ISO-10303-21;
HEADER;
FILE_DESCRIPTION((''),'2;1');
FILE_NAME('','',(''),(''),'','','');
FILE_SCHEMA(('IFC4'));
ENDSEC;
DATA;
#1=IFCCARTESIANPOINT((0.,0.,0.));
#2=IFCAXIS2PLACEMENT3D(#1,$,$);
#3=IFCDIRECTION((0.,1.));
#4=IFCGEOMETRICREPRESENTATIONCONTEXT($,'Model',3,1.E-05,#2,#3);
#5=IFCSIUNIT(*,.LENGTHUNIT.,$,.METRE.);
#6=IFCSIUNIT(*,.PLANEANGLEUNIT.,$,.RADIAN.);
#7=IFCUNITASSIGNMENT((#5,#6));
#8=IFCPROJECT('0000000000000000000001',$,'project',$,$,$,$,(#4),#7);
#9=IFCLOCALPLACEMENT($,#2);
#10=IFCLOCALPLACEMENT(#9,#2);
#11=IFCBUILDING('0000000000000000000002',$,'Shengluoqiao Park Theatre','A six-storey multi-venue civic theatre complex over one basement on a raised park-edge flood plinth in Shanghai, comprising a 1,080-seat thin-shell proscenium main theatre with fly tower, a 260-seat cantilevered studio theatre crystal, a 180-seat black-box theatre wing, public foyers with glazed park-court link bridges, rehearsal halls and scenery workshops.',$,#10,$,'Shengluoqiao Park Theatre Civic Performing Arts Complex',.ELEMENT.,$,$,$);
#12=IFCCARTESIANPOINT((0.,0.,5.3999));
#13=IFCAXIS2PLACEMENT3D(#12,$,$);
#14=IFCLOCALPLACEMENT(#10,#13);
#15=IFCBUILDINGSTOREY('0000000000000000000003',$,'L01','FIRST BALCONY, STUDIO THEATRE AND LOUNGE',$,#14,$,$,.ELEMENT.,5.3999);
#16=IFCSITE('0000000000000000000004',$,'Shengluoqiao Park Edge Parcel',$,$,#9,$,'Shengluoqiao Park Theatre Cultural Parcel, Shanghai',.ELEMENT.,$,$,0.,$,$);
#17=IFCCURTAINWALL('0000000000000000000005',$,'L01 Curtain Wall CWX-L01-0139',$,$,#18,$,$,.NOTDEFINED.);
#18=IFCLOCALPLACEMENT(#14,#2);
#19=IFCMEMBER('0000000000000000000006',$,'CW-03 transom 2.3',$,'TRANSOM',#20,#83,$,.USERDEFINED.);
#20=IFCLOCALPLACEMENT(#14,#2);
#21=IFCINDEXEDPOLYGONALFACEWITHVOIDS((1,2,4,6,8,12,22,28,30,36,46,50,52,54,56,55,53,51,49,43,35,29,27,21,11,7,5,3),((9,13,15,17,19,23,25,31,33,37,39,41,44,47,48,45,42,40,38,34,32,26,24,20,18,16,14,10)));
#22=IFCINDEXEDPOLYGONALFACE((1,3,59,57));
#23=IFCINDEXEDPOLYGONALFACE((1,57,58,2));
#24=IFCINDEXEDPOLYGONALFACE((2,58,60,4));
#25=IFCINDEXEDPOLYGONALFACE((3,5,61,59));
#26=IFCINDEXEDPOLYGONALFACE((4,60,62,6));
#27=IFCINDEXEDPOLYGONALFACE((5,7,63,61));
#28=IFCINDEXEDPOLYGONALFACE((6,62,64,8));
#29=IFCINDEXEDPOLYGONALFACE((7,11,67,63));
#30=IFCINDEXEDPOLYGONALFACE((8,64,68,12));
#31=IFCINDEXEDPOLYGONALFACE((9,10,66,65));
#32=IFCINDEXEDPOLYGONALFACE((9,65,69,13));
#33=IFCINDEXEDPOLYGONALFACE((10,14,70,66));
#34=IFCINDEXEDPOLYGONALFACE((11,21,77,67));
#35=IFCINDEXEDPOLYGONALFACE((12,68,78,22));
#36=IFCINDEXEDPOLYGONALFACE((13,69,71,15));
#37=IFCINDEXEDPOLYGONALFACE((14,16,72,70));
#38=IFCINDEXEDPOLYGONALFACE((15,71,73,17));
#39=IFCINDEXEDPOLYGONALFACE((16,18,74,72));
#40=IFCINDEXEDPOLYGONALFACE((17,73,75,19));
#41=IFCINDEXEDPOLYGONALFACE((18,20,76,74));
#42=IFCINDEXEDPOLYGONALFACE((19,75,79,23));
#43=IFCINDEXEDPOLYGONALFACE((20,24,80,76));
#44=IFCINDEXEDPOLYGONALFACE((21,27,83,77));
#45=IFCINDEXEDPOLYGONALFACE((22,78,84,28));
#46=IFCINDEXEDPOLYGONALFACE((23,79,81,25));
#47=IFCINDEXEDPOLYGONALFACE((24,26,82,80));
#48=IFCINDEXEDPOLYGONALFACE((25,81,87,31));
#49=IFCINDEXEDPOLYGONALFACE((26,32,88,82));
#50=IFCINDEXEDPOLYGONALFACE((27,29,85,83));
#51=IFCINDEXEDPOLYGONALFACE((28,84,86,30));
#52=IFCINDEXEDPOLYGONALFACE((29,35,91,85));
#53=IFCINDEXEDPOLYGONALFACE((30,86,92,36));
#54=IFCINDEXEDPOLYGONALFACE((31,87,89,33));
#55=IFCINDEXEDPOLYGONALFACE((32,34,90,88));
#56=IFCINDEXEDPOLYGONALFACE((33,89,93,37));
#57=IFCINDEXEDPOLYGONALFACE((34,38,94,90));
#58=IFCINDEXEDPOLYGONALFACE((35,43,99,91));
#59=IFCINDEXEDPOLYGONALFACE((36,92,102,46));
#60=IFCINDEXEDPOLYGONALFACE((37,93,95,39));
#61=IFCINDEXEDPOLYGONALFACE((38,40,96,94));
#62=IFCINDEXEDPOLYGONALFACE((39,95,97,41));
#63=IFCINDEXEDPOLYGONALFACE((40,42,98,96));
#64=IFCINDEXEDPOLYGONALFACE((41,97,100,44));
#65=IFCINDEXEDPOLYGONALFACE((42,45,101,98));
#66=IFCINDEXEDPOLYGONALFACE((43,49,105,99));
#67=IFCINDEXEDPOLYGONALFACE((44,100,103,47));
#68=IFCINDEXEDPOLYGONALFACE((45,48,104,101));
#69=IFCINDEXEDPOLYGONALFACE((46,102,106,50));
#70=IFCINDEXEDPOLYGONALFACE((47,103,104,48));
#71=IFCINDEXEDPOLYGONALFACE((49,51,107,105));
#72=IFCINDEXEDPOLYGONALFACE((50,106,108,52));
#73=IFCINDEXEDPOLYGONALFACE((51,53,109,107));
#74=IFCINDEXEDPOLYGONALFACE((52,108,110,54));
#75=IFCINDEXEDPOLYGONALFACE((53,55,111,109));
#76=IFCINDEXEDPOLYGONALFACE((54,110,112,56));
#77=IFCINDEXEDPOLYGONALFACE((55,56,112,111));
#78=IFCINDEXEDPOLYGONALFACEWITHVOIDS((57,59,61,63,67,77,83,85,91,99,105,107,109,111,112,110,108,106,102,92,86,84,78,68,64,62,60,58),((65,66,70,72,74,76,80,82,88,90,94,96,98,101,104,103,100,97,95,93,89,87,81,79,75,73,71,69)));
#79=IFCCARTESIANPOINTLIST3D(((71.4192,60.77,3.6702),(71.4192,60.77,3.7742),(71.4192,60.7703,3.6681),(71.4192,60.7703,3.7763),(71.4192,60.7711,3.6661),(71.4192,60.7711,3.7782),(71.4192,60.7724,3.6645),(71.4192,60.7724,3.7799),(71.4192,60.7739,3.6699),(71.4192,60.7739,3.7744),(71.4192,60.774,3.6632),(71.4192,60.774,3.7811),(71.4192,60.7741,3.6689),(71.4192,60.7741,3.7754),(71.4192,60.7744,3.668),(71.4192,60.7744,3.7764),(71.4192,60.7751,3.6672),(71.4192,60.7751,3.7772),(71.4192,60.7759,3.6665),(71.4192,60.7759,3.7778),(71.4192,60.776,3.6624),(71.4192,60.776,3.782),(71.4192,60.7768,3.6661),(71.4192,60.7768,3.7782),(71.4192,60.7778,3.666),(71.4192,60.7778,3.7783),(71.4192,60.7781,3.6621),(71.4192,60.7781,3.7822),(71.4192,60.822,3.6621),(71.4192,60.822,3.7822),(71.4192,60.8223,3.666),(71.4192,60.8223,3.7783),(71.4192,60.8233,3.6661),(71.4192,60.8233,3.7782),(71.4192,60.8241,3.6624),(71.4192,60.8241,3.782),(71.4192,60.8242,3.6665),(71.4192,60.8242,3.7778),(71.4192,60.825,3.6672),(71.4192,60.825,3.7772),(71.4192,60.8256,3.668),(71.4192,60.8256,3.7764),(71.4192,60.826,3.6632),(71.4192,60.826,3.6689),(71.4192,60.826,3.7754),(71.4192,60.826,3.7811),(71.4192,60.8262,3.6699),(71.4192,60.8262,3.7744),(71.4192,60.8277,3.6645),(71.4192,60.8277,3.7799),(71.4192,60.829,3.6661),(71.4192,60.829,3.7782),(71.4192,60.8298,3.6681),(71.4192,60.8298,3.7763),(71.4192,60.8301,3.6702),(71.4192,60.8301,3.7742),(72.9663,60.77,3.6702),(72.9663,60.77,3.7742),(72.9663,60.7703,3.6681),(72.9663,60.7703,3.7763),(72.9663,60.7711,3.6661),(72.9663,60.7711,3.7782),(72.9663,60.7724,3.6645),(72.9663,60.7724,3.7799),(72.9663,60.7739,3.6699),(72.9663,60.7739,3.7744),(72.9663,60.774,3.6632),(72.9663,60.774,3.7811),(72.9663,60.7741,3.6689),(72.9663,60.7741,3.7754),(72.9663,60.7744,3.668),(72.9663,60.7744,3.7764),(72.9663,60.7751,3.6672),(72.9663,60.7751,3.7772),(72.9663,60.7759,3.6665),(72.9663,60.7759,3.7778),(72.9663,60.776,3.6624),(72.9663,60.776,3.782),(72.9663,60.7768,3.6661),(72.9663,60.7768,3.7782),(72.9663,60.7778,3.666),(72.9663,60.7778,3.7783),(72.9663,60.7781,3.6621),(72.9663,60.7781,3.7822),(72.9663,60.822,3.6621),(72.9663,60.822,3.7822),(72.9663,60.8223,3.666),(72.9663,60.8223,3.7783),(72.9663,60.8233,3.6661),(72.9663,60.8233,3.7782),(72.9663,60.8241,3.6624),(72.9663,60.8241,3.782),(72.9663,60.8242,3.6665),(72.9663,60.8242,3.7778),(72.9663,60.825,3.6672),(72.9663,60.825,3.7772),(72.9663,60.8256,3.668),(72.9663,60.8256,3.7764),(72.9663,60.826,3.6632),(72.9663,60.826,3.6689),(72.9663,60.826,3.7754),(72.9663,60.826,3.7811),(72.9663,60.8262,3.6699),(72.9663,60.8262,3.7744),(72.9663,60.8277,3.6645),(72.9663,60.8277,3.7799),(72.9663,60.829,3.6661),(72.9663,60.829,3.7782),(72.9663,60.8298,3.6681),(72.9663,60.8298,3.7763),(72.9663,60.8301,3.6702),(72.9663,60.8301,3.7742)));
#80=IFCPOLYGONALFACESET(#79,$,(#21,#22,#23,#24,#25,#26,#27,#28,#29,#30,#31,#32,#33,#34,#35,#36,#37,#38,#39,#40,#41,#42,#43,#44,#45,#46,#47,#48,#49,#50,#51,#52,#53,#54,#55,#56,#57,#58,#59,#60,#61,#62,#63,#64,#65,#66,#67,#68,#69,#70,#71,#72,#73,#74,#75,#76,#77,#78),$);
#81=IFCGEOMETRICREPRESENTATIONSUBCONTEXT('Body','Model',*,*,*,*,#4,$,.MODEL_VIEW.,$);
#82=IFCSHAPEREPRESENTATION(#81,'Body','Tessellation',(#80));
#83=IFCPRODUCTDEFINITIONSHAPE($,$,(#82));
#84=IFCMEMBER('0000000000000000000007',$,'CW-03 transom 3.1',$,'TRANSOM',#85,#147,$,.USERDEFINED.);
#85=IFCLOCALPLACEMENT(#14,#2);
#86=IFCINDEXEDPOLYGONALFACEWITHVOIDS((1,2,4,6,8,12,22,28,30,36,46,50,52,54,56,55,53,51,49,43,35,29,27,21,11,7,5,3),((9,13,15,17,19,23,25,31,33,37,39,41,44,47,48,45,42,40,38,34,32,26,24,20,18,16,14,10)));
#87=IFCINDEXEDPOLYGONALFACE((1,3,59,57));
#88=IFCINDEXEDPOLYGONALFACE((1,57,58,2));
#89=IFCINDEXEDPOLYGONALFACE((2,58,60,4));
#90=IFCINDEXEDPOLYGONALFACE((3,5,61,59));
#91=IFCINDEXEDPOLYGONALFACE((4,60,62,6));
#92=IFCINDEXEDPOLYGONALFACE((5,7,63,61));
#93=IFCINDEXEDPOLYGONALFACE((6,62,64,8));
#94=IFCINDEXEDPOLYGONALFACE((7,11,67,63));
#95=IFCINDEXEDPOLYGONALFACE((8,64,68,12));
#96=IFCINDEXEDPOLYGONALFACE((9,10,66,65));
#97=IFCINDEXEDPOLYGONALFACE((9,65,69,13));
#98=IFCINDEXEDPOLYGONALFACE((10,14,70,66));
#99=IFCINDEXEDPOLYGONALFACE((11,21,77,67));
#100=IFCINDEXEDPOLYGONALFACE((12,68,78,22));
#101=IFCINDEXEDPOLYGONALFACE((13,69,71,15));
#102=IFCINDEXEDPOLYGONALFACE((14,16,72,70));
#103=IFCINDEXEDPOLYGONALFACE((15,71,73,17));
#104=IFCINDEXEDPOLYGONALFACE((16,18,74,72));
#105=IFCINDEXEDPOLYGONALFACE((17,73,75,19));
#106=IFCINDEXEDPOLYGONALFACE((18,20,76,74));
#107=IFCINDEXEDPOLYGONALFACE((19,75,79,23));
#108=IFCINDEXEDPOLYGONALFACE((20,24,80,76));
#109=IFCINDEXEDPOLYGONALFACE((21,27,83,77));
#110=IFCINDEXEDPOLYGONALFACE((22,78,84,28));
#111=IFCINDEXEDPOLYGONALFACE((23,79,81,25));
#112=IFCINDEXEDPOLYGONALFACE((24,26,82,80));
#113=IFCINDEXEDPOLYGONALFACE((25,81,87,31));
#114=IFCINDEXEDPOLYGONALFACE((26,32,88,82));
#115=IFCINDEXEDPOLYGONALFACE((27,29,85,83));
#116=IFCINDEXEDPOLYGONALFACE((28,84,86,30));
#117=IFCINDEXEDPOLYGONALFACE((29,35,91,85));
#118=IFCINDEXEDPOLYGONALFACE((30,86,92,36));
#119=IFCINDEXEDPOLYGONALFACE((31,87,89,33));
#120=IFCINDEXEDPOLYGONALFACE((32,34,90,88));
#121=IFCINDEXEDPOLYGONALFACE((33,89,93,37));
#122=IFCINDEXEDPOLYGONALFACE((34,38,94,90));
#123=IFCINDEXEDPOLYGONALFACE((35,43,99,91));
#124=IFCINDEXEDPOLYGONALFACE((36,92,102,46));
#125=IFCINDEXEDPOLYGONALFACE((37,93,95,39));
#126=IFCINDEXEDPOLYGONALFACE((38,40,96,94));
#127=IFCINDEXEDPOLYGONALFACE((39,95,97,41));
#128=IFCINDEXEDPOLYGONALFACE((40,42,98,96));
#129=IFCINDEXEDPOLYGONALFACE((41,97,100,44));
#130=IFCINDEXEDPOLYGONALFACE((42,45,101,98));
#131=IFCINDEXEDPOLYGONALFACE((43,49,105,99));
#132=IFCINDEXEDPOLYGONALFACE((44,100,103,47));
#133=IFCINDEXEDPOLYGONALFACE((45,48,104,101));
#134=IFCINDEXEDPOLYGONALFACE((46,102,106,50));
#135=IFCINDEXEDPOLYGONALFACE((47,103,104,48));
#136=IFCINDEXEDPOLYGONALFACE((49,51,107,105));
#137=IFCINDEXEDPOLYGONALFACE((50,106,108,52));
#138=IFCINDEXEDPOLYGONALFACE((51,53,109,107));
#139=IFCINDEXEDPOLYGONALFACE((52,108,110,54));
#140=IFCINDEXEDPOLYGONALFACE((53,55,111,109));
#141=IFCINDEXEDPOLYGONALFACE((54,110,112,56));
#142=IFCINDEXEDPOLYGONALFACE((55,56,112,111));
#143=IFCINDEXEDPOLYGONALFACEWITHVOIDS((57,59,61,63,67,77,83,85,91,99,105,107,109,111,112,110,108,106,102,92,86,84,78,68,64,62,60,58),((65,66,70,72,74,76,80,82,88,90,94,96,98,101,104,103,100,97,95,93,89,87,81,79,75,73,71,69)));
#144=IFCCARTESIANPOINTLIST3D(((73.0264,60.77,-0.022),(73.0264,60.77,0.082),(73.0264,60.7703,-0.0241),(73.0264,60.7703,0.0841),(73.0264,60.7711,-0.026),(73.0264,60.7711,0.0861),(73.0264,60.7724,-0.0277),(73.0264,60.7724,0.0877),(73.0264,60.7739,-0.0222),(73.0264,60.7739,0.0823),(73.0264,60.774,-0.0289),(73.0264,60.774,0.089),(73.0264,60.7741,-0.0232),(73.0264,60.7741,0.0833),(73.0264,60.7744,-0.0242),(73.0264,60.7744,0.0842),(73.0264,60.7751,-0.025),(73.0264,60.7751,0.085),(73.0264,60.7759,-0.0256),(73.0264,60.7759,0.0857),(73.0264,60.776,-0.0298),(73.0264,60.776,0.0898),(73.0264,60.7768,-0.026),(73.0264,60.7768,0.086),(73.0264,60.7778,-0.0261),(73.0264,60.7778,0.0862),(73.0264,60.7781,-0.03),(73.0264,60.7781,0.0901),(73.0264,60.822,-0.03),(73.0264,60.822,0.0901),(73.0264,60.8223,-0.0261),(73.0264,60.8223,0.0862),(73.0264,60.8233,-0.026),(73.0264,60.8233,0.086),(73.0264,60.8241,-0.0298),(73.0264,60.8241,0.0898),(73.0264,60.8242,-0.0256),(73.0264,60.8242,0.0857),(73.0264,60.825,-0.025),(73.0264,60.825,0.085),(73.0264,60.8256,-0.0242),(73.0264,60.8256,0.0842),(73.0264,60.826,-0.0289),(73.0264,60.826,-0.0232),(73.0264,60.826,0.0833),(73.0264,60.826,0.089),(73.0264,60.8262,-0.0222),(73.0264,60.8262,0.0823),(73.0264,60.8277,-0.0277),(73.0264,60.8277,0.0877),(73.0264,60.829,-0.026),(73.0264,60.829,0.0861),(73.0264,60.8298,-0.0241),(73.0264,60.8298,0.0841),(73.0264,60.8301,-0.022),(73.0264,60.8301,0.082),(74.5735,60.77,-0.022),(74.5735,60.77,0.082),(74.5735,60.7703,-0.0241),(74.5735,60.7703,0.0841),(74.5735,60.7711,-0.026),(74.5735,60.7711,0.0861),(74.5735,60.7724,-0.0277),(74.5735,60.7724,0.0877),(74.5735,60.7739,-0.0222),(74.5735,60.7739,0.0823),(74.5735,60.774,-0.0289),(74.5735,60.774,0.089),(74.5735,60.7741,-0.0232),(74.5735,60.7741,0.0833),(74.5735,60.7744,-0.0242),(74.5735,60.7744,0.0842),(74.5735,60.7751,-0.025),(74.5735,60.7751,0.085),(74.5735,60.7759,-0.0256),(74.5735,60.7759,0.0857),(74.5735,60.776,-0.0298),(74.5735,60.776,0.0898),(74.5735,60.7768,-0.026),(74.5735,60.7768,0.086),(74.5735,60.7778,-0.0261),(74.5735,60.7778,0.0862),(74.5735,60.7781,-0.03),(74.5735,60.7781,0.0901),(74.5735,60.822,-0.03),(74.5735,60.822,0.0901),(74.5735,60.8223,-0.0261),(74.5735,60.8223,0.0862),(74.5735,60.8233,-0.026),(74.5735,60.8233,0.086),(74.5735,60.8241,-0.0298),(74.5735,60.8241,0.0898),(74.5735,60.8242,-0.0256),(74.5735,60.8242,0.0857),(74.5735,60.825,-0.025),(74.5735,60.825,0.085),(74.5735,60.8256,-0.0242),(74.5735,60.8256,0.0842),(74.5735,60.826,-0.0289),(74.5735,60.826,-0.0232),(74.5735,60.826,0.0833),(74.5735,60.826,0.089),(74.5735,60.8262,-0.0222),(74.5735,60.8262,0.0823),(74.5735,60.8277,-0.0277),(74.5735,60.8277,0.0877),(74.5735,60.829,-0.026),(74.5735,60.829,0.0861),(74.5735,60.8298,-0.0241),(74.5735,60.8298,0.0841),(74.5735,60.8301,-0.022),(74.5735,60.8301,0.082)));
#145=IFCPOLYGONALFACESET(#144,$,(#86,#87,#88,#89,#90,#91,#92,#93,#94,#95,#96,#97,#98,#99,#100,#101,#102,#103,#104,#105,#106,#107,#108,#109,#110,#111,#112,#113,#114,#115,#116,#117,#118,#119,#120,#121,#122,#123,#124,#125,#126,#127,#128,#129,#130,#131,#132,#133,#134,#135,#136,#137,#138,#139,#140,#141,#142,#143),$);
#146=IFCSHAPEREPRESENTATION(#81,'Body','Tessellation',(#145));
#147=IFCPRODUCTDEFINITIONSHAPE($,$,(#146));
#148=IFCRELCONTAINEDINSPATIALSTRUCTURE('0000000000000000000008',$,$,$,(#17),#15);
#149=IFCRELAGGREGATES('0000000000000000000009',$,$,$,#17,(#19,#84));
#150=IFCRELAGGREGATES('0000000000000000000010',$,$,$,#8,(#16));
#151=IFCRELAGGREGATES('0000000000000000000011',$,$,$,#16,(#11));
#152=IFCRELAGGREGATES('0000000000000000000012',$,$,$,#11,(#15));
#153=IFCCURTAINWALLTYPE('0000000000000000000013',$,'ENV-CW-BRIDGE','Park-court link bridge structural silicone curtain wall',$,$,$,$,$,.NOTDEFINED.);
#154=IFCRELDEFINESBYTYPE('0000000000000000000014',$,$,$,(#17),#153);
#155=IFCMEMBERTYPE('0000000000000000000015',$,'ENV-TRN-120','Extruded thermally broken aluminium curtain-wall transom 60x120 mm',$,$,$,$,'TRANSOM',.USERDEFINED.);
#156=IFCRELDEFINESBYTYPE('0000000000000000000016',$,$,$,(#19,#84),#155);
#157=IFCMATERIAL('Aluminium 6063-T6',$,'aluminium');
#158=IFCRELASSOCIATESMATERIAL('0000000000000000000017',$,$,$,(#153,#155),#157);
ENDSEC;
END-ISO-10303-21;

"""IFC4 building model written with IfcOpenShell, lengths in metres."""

from ifc_helpers import new_model, si_unit, direction, frame, origin, origin_2d, place, context, subcontext, project, spatial, hollow_rectangle, extrude, material, material_profile, profile_set, type_object, element, aggregate, save


model = new_model("IFC4")

# Units and contexts
model_context = context("Model", 3, precision=1e-05, world=origin(), true_north=direction((0.0, 1.0)))
body_context = subcontext(model_context, "Body", "Model", "MODEL_VIEW")
ifc_project = project(units=[si_unit("LENGTHUNIT", "METRE"), si_unit("PLANEANGLEUNIT", "RADIAN")], contexts=[model_context])

# Site, building, storey
site_placement = place(None, origin())
site = spatial("IfcSite", under=ifc_project, at=site_placement, Name="Shengluoqiao Park Edge Parcel", LongName="Shengluoqiao Park Theatre Cultural Parcel, Shanghai", CompositionType="ELEMENT", RefElevation=0.0)
building_placement = place(site_placement, origin())
building = spatial("IfcBuilding", under=site, at=building_placement, Name="Shengluoqiao Park Theatre", Description="A six-storey multi-venue civic theatre complex over one basement on a raised park-edge flood plinth in Shanghai, comprising a 1,080-seat thin-shell proscenium main theatre with fly tower, a 260-seat cantilevered studio theatre crystal, a 180-seat black-box theatre wing, public foyers with glazed park-court link bridges, rehearsal halls and scenery workshops.", LongName="Shengluoqiao Park Theatre Civic Performing Arts Complex", CompositionType="ELEMENT")
storey_placement = place(building_placement, frame((0.0, 0.0, 5.3999)))
storey = spatial("IfcBuildingStorey", under=building, at=storey_placement, Name="L01", Description="FIRST BALCONY, STUDIO THEATRE AND LOUNGE", CompositionType="ELEMENT", Elevation=5.3999)

# Curtain wall
ifc_material_1 = material(Name="Aluminium 6063-T6", Category="aluminium")
curtain_wall_type_1 = type_object("IfcCurtainWallType", Name="ENV-CW-BRIDGE", Description="Park-court link bridge structural silicone curtain wall", PredefinedType="NOTDEFINED", material=ifc_material_1)
curtain_wall_1_placement = place(storey_placement, origin())
curtain_wall_1 = element("IfcCurtainWall", 1, at=curtain_wall_1_placement, inside=storey, type_object=curtain_wall_type_1, Name="L01 Curtain Wall CWX-L01-0139", PredefinedType="NOTDEFINED")

# Members
ifc_material_profile_1 = material_profile(ifc_material_1, hollow_rectangle(XDim=0.0601, YDim=0.1201, WallThickness=0.0039, InnerFilletRadius=0.0039, OuterFilletRadius=0.0081, at=origin_2d()), Name="ALU TRANSOM 120x60x4")
ifc_profile_set_1 = profile_set([ifc_material_profile_1], Name="Aluminium 6063-T6")
member_type_1 = type_object("IfcMemberType", Name="ENV-TRN-120", Description="Extruded thermally broken aluminium curtain-wall transom 60x120 mm", ElementType="TRANSOM", PredefinedType="USERDEFINED", material=ifc_profile_set_1)
member_1_placement = place(storey_placement, frame((71.4192, 60.8, 3.7222), z_axis=(1.0, 0.0, 0.0), x_axis=(0.0, 1.0, 0.0)))
member_1 = element("IfcMember", 2, at=member_1_placement, type_object=member_type_1, Name="CW-03 transom 2.3", ObjectType="TRANSOM", PredefinedType="USERDEFINED", context=body_context, shape_type="SweptSolid", body=[
    extrude(hollow_rectangle(XDim=0.0601, YDim=0.1201, WallThickness=0.0039, InnerFilletRadius=0.0039, OuterFilletRadius=0.0081, at=origin_2d()), origin(), (0.0, 0.0, 1.0), 1.5471),
])
member_2_placement = place(storey_placement, frame((73.0264, 60.8, 0.03), z_axis=(1.0, 0.0, 0.0), x_axis=(0.0, 1.0, 0.0)))
member_2 = element("IfcMember", 3, at=member_2_placement, type_object=member_type_1, Name="CW-03 transom 3.1", ObjectType="TRANSOM", PredefinedType="USERDEFINED", context=body_context, shape_type="SweptSolid", body=[
    extrude(hollow_rectangle(XDim=0.0601, YDim=0.1201, WallThickness=0.0039, InnerFilletRadius=0.0039, OuterFilletRadius=0.0081, at=origin_2d()), origin(), (0.0, 0.0, 1.0), 1.5471),
])

aggregate(curtain_wall_1, [member_1, member_2])

save(model, "model.ifc")
